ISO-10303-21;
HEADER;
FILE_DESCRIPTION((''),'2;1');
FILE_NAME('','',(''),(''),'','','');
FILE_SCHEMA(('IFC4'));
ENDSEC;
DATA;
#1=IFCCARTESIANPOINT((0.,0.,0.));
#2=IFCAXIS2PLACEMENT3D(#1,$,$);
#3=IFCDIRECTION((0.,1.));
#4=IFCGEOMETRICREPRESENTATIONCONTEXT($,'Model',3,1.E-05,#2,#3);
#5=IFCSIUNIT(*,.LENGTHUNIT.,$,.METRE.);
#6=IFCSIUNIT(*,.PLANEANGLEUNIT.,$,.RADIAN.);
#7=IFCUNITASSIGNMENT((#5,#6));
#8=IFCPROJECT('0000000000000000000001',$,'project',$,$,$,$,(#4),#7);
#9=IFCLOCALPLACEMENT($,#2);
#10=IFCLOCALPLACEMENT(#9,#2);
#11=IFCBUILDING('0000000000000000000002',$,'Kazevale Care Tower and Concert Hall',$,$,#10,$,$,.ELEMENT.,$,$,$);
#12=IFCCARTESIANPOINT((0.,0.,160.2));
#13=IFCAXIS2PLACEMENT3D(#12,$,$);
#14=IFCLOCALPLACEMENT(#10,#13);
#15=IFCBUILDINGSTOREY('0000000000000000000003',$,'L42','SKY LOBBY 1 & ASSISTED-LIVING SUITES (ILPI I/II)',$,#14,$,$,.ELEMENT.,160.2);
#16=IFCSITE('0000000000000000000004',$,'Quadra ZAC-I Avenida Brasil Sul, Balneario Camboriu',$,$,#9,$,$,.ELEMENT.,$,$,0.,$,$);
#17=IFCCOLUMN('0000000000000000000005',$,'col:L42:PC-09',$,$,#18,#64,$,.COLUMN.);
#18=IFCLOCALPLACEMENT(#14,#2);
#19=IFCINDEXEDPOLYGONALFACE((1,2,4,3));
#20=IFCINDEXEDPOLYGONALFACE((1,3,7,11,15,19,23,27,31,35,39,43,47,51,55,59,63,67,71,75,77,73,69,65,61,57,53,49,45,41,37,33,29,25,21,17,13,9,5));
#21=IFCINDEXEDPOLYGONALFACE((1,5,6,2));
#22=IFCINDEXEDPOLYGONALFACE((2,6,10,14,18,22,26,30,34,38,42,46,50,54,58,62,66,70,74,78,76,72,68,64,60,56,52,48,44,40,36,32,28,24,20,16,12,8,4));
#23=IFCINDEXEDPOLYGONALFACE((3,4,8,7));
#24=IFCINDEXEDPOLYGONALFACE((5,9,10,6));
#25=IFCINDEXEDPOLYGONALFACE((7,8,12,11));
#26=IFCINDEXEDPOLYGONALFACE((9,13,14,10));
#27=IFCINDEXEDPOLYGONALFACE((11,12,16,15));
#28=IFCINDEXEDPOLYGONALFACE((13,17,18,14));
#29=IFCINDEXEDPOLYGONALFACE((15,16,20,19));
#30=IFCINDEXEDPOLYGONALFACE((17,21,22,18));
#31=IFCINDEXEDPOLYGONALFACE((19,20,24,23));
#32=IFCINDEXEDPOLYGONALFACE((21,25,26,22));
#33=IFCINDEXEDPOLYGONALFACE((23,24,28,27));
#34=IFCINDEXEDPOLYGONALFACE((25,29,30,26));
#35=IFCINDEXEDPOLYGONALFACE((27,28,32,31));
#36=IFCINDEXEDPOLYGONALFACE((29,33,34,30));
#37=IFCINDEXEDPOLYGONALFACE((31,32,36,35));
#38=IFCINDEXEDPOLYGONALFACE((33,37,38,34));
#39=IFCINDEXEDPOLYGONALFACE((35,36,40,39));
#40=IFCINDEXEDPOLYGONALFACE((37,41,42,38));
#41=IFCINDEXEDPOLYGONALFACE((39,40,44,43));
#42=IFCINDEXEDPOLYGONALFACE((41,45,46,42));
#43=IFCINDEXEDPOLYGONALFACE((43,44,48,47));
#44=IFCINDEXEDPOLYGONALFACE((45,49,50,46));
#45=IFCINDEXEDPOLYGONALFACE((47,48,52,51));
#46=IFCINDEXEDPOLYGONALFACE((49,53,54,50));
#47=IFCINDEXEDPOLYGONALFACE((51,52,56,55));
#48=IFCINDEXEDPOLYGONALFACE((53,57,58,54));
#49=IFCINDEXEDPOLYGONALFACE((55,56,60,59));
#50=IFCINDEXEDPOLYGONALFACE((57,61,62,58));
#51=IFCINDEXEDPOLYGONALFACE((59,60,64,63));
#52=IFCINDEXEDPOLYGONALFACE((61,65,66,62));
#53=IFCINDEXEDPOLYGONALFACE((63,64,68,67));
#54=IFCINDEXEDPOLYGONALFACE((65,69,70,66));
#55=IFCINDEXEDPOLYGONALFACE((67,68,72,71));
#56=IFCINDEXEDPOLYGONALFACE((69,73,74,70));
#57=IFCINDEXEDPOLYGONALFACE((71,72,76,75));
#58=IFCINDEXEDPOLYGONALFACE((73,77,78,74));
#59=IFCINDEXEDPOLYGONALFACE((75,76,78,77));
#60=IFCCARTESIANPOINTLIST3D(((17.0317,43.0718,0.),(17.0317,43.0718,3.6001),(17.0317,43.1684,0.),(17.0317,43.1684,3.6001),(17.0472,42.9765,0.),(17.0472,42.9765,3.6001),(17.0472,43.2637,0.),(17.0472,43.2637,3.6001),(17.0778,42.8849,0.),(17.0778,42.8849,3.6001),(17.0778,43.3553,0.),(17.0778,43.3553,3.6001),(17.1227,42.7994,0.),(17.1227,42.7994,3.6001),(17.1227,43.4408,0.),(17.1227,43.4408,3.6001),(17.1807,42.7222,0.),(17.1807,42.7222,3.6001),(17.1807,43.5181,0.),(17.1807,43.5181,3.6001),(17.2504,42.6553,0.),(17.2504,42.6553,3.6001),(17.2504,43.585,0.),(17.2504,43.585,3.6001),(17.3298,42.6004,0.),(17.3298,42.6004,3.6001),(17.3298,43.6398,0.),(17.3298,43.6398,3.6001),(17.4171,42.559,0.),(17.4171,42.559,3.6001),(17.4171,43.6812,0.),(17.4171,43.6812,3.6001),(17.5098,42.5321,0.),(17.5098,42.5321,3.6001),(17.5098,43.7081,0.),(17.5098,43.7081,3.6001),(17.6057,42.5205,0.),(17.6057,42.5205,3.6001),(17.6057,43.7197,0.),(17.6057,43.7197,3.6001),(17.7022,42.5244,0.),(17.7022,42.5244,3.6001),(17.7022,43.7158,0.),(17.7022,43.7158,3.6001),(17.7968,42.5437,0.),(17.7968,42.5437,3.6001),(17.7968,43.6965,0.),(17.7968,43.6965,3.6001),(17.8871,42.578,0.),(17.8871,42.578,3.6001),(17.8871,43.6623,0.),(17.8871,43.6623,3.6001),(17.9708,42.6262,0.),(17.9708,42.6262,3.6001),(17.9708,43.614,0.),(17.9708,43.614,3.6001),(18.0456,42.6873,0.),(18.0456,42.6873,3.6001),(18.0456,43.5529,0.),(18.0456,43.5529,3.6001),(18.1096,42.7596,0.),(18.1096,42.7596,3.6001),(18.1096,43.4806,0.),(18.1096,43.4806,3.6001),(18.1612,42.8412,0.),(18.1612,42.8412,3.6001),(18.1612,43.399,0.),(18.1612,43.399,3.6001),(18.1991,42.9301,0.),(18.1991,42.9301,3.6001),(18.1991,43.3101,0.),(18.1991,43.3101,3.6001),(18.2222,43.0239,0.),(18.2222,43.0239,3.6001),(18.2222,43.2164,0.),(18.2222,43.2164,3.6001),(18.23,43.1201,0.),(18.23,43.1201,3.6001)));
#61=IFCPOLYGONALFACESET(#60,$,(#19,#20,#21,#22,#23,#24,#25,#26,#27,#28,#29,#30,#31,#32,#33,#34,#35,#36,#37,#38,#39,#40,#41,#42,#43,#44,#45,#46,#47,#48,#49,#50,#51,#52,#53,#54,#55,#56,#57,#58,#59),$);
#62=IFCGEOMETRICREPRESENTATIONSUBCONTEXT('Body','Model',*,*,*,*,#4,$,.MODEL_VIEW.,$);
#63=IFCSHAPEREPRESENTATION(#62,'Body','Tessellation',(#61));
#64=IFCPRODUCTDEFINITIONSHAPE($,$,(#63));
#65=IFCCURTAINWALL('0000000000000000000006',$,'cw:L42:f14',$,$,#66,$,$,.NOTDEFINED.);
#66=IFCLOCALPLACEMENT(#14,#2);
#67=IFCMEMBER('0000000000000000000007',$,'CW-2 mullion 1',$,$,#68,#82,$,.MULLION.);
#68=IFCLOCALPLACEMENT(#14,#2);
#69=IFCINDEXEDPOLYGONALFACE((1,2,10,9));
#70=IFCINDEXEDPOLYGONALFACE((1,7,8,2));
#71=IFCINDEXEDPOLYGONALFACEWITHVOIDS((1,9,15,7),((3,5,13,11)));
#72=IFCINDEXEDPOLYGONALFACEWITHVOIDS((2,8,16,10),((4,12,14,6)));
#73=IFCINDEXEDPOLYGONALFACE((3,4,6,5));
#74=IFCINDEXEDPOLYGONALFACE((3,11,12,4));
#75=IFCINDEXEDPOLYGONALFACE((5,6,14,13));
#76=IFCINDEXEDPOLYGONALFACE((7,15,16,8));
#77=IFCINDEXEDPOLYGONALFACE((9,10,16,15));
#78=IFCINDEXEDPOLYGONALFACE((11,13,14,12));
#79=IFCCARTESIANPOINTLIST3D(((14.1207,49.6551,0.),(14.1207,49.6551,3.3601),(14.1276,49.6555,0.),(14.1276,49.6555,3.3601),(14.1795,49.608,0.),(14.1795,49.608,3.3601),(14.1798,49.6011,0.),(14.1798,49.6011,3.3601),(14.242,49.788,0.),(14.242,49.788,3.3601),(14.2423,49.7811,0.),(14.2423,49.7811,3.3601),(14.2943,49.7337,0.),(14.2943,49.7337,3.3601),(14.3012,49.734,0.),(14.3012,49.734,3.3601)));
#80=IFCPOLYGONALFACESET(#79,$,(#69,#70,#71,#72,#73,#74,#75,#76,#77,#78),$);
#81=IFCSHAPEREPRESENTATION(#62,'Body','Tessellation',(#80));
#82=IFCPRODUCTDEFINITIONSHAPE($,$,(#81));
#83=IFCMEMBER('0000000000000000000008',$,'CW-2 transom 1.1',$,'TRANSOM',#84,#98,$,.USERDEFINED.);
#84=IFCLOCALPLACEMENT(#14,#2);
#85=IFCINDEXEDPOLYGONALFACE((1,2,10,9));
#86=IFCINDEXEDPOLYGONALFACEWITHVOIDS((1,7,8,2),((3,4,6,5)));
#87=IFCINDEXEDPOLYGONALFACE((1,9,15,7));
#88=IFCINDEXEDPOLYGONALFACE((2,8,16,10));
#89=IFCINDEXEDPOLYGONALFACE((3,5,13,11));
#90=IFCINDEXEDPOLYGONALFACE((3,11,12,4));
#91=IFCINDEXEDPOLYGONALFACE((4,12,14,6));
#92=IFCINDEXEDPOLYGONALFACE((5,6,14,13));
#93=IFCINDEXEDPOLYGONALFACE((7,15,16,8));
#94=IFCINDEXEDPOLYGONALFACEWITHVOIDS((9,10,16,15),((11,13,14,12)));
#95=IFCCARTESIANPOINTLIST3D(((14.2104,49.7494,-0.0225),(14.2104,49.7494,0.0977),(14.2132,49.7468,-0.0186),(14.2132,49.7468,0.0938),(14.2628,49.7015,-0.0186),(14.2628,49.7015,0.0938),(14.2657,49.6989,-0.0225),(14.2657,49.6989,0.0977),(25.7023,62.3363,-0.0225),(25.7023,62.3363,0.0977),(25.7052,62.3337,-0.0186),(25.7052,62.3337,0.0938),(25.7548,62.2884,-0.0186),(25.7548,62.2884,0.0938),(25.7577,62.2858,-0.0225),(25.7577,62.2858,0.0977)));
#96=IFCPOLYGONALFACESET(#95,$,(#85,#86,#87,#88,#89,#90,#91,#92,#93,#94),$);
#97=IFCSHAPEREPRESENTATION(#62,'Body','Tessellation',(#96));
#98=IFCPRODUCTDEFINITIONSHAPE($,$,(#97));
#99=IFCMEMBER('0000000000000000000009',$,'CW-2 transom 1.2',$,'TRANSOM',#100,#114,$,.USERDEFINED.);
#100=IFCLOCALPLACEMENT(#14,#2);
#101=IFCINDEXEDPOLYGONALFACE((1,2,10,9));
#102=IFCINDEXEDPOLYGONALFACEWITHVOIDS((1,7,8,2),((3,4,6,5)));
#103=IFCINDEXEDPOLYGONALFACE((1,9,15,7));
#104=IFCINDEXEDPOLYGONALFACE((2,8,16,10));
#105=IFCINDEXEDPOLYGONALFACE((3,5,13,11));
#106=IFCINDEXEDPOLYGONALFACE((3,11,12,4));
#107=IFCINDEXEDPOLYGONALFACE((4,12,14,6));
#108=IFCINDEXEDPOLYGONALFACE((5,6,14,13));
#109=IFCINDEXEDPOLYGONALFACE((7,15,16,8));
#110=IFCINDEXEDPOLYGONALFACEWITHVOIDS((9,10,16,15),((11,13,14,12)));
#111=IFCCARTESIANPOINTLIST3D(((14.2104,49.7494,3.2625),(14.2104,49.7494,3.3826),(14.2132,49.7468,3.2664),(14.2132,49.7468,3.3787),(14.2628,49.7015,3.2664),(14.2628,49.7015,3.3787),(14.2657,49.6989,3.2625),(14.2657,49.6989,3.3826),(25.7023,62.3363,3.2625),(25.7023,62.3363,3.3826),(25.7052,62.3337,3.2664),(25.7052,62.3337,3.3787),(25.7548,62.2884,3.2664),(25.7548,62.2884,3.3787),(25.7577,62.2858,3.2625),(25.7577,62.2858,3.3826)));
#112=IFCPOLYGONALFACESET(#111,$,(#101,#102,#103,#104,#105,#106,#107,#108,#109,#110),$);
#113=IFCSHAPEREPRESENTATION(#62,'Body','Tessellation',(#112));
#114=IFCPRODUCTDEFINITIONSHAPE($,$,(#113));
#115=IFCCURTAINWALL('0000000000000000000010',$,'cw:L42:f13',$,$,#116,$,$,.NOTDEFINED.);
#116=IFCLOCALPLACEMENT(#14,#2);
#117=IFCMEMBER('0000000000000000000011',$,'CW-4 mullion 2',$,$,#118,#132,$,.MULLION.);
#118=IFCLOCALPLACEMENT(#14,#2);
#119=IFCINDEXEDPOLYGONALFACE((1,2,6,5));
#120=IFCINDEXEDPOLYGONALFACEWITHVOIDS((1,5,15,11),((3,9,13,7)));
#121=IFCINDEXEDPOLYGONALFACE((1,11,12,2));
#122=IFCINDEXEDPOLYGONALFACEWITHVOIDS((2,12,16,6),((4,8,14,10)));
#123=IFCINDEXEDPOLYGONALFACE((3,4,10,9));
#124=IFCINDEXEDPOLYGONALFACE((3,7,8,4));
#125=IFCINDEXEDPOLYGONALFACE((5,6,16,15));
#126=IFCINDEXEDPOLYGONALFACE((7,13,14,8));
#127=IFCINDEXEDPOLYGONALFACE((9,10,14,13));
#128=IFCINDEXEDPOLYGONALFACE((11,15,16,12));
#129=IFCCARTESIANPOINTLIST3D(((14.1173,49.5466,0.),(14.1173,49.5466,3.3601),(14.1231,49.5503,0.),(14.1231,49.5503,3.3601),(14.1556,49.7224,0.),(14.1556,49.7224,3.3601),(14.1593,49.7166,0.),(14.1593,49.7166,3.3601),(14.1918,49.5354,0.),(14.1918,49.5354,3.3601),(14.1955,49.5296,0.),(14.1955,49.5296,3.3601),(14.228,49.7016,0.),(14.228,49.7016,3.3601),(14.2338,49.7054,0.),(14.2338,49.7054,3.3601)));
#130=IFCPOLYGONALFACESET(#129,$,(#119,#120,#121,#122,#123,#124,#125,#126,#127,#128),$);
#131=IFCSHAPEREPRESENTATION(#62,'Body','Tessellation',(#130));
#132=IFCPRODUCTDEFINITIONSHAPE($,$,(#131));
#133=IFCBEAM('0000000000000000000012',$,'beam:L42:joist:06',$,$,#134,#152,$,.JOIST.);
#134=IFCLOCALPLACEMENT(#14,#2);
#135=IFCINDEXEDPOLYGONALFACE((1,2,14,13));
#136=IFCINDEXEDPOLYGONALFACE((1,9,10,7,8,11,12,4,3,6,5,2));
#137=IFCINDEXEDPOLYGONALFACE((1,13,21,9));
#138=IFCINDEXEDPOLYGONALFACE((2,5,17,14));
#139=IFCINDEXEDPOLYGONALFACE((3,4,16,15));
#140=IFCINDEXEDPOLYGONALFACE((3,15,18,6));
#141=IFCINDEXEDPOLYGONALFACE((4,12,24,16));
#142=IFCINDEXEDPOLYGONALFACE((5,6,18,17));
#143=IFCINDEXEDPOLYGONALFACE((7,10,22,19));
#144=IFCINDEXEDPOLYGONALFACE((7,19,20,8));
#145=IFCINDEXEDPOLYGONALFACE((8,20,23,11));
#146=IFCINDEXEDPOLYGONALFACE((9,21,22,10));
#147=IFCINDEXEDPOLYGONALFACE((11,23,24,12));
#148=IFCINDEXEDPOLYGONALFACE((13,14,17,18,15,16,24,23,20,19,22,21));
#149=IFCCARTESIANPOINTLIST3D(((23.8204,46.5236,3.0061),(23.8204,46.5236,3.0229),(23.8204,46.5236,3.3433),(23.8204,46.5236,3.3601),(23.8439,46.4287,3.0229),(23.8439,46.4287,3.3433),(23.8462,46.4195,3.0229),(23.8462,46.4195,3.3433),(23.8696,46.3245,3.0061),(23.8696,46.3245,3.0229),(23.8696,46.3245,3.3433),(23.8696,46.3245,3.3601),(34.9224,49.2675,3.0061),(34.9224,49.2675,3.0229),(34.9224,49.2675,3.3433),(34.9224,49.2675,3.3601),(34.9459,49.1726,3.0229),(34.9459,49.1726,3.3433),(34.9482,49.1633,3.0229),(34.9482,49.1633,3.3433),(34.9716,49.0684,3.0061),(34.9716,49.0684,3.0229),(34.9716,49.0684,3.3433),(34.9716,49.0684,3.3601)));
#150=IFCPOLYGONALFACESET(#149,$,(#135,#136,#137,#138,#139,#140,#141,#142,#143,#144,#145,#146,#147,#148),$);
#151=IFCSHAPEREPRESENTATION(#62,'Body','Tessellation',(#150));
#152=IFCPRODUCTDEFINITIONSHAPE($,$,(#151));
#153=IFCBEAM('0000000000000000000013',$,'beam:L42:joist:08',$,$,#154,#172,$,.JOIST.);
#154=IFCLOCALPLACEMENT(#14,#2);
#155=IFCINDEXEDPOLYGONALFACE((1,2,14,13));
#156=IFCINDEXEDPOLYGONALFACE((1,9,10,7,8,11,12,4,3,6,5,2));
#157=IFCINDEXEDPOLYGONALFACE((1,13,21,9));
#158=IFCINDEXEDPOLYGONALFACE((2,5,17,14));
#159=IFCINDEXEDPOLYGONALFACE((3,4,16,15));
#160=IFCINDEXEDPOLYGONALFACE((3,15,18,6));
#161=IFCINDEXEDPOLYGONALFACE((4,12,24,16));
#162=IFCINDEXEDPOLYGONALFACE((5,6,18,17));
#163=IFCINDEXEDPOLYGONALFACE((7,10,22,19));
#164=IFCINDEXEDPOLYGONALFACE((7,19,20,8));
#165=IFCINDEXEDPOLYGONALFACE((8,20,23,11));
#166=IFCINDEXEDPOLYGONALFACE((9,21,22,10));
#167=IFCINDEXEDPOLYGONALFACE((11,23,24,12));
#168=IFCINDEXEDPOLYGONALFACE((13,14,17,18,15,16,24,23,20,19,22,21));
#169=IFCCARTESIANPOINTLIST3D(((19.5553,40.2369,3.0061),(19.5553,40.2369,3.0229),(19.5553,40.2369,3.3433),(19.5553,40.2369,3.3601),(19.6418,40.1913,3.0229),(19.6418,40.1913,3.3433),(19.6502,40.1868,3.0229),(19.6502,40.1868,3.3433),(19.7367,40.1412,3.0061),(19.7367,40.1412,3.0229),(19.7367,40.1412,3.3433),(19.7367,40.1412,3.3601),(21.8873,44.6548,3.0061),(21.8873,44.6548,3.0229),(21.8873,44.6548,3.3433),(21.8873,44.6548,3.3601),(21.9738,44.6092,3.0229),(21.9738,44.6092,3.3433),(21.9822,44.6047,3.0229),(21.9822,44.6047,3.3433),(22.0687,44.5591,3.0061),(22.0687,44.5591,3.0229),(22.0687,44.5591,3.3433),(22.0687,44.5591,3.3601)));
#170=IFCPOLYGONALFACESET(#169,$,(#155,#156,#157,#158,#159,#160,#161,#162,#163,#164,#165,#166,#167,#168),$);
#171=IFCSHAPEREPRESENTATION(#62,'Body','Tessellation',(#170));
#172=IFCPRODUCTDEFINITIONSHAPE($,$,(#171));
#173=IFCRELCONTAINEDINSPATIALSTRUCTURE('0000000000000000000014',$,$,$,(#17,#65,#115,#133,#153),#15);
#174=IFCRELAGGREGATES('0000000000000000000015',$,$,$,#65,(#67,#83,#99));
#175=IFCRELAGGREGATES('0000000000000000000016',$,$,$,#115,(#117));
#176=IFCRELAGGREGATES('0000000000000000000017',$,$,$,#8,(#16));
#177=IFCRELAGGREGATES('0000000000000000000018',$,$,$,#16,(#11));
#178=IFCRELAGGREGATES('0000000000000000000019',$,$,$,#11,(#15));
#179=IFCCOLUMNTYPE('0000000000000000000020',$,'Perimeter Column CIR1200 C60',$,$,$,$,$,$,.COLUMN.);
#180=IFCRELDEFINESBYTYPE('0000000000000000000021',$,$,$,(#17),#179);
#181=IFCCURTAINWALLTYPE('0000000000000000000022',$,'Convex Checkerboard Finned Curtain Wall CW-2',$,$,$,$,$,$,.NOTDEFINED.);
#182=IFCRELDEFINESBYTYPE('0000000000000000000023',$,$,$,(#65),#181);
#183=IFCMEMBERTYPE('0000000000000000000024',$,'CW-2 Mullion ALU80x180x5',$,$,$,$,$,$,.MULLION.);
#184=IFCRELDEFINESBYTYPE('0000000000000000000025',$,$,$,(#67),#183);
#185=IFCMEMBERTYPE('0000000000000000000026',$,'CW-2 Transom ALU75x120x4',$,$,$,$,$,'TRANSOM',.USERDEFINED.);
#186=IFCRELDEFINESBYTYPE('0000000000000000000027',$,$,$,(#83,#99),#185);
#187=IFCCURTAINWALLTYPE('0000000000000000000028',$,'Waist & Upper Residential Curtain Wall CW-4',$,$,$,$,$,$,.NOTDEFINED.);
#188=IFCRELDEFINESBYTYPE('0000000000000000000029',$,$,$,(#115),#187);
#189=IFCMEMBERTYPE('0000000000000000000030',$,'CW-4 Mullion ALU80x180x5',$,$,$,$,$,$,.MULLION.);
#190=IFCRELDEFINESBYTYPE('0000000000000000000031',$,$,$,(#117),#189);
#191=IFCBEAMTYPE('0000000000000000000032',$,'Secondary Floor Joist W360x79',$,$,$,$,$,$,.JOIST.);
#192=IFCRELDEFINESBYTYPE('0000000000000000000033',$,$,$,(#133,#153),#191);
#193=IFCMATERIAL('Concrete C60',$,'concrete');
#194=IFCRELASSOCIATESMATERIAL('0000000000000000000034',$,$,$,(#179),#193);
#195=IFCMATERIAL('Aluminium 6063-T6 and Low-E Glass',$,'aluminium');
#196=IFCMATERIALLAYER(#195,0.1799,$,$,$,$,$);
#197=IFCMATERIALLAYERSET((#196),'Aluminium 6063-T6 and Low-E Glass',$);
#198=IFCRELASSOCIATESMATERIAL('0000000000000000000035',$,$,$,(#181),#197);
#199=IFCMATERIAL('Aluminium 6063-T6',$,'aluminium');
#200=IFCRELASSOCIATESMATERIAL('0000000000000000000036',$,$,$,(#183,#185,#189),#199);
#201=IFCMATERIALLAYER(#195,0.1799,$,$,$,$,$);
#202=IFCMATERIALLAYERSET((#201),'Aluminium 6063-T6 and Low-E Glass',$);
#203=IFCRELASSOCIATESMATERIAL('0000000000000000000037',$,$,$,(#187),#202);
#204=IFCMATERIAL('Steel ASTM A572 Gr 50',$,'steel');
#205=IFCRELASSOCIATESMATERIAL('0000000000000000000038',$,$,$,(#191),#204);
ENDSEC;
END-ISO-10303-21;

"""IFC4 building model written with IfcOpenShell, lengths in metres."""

from ifc_helpers import new_model, si_unit, direction, frame, origin, origin_2d, place, context, subcontext, project, spatial, hollow_rectangle, circle, i_section, extrude, material, layer, layer_set, material_profile, profile_set, type_object, element, aggregate, save


model = new_model("IFC4")

# Units and contexts
model_context = context("Model", 3, precision=1e-05, world=origin(), true_north=direction((0.0, 1.0)))
body_context = subcontext(model_context, "Body", "Model", "MODEL_VIEW")
ifc_project = project(units=[si_unit("LENGTHUNIT", "METRE"), si_unit("PLANEANGLEUNIT", "RADIAN")], contexts=[model_context])

# Site, building, storey
site_placement = place(None, origin())
site = spatial("IfcSite", under=ifc_project, at=site_placement, Name="Quadra ZAC-I Avenida Brasil Sul, Balneario Camboriu", CompositionType="ELEMENT", RefElevation=0.0)
building_placement = place(site_placement, origin())
building = spatial("IfcBuilding", under=site, at=building_placement, Name="Kazevale Care Tower and Concert Hall", CompositionType="ELEMENT")
storey_placement = place(building_placement, frame((0.0, 0.0, 160.2)))
storey = spatial("IfcBuildingStorey", under=building, at=storey_placement, Name="L42", Description="SKY LOBBY 1 & ASSISTED-LIVING SUITES (ILPI I/II)", CompositionType="ELEMENT", Elevation=160.2)

# Column
ifc_material_1 = material(Name="Concrete C60", Category="concrete")
ifc_material_profile_1 = material_profile(ifc_material_1, circle(Radius=0.6001, at=origin_2d()), Name="RC-CIR1200")
ifc_profile_set_1 = profile_set([ifc_material_profile_1], Name="Concrete C60")
column_type = type_object("IfcColumnType", Name="Perimeter Column CIR1200 C60", PredefinedType="COLUMN", material=ifc_profile_set_1)
column_placement = place(storey_placement, frame((17.6299, 43.1201, 0.0), z_axis=(0.0, 0.0, 1.0), x_axis=(1.0, 0.0, 0.0)))
element("IfcColumn", 1, at=column_placement, inside=storey, type_object=column_type, Name="col:L42:PC-09", PredefinedType="COLUMN", context=body_context, shape_type="SweptSolid", body=[
    extrude(circle(Radius=0.6001, at=origin_2d()), origin(), (0.0, 0.0, 1.0), 3.6001),
])

# Curtain wall, members
ifc_material_2 = material(Name="Aluminium 6063-T6 and Low-E Glass", Category="aluminium")
ifc_layer_1 = layer(ifc_material_2, 0.1799)
ifc_layer_set_1 = layer_set([ifc_layer_1], Name="Aluminium 6063-T6 and Low-E Glass")
curtain_wall_type_1 = type_object("IfcCurtainWallType", Name="Convex Checkerboard Finned Curtain Wall CW-2", PredefinedType="NOTDEFINED", material=ifc_layer_set_1)
curtain_wall_1_placement = place(storey_placement, origin())
curtain_wall_1 = element("IfcCurtainWall", 2, at=curtain_wall_1_placement, inside=storey, type_object=curtain_wall_type_1, Name="cw:L42:f14", PredefinedType="NOTDEFINED")
ifc_material_3 = material(Name="Aluminium 6063-T6", Category="aluminium")
ifc_material_profile_2 = material_profile(ifc_material_3, hollow_rectangle(XDim=0.0801, YDim=0.1799, WallThickness=0.0049, at=origin_2d()), Name="ALU80x180x5")
ifc_profile_set_2 = profile_set([ifc_material_profile_2], Name="Aluminium 6063-T6")
member_type_1 = type_object("IfcMemberType", Name="CW-2 Mullion ALU80x180x5", PredefinedType="MULLION", material=ifc_profile_set_2)
member_1_placement = place(storey_placement, frame((14.2109, 49.6946, 0.0), z_axis=(0.0, 0.0, 1.0), x_axis=(-0.738492, 0.674262, 0.0)))
member_1 = element("IfcMember", 3, at=member_1_placement, type_object=member_type_1, Name="CW-2 mullion 1", PredefinedType="MULLION", context=body_context, shape_type="SweptSolid", body=[
    extrude(hollow_rectangle(XDim=0.0801, YDim=0.1799, WallThickness=0.0049, at=origin_2d()), origin(), (0.0, 0.0, 1.0), 3.3601),
])
ifc_material_profile_3 = material_profile(ifc_material_3, hollow_rectangle(XDim=0.075, YDim=0.1201, WallThickness=0.0039, at=origin_2d()), Name="ALU75x120x4")
ifc_profile_set_3 = profile_set([ifc_material_profile_3], Name="Aluminium 6063-T6")
member_type_2 = type_object("IfcMemberType", Name="CW-2 Transom ALU75x120x4", ElementType="TRANSOM", PredefinedType="USERDEFINED", material=ifc_profile_set_3)
member_2_placement = place(storey_placement, frame((14.238, 49.7241, 0.0376), z_axis=(0.674255, 0.738499, 0.0), x_axis=(-0.738499, 0.674255, 0.0)))
member_2 = element("IfcMember", 4, at=member_2_placement, type_object=member_type_2, Name="CW-2 transom 1.1", ObjectType="TRANSOM", PredefinedType="USERDEFINED", context=body_context, shape_type="SweptSolid", body=[
    extrude(hollow_rectangle(XDim=0.075, YDim=0.1201, WallThickness=0.0039, at=origin_2d()), origin(), (0.0, 0.0, 1.0), 17.0439),
])
member_3_placement = place(storey_placement, frame((14.238, 49.7241, 3.3225), z_axis=(0.674255, 0.738499, 0.0), x_axis=(-0.738499, 0.674255, 0.0)))
member_3 = element("IfcMember", 5, at=member_3_placement, type_object=member_type_2, Name="CW-2 transom 1.2", ObjectType="TRANSOM", PredefinedType="USERDEFINED", context=body_context, shape_type="SweptSolid", body=[
    extrude(hollow_rectangle(XDim=0.075, YDim=0.1201, WallThickness=0.0039, at=origin_2d()), origin(), (0.0, 0.0, 1.0), 17.0439),
])
aggregate(curtain_wall_1, [member_1, member_2, member_3])

# Curtain wall, member
ifc_layer_2 = layer(ifc_material_2, 0.1799)
ifc_layer_set_2 = layer_set([ifc_layer_2], Name="Aluminium 6063-T6 and Low-E Glass")
curtain_wall_type_2 = type_object("IfcCurtainWallType", Name="Waist & Upper Residential Curtain Wall CW-4", PredefinedType="NOTDEFINED", material=ifc_layer_set_2)
curtain_wall_2_placement = place(storey_placement, origin())
curtain_wall_2 = element("IfcCurtainWall", 6, at=curtain_wall_2_placement, inside=storey, type_object=curtain_wall_type_2, Name="cw:L42:f13", PredefinedType="NOTDEFINED")
ifc_material_profile_4 = material_profile(ifc_material_3, hollow_rectangle(XDim=0.0801, YDim=0.1799, WallThickness=0.0049, at=origin_2d()), Name="ALU80x180x5")
ifc_profile_set_4 = profile_set([ifc_material_profile_4], Name="Aluminium 6063-T6")
member_type_3 = type_object("IfcMemberType", Name="CW-4 Mullion ALU80x180x5", PredefinedType="MULLION", material=ifc_profile_set_4)
member_4_placement = place(storey_placement, frame((14.1755, 49.626, 0.0), z_axis=(0.0, 0.0, 1.0), x_axis=(-0.977091, 0.212823, 0.0)))
member_4 = element("IfcMember", 7, at=member_4_placement, type_object=member_type_3, Name="CW-4 mullion 2", PredefinedType="MULLION", context=body_context, shape_type="SweptSolid", body=[
    extrude(hollow_rectangle(XDim=0.0801, YDim=0.1799, WallThickness=0.0049, at=origin_2d()), origin(), (0.0, 0.0, 1.0), 3.3601),
])

# Beams
ifc_material_4 = material(Name="Steel ASTM A572 Gr 50", Category="steel")
ifc_material_profile_5 = material_profile(ifc_material_4, i_section(OverallWidth=0.2051, OverallDepth=0.354, WebThickness=0.0095, FlangeThickness=0.0168, at=origin_2d()), Name="W360x79")
ifc_profile_set_5 = profile_set([ifc_material_profile_5], Name="Steel ASTM A572 Gr 50")
beam_type_1 = type_object("IfcBeamType", Name="Secondary Floor Joist W360x79", PredefinedType="JOIST", material=ifc_profile_set_5)
beam_1_placement = place(storey_placement, frame((34.947, 49.168, 3.1831), z_axis=(-0.97079, -0.239933, 0.0), x_axis=(0.239933, -0.97079, 0.0)))
element("IfcBeam", 8, at=beam_1_placement, inside=storey, type_object=beam_type_1, Name="beam:L42:joist:06", PredefinedType="JOIST", context=body_context, shape_type="SweptSolid", body=[
    extrude(i_section(OverallWidth=0.2051, OverallDepth=0.354, WebThickness=0.0095, FlangeThickness=0.0168, at=origin_2d()), origin(), (0.0, 0.0, 1.0), 11.436),
])
beam_2_placement = place(storey_placement, frame((21.978, 44.6069, 3.1831), z_axis=(-0.46681, -0.884358, 0.0), x_axis=(0.884358, -0.46681, 0.0)))
element("IfcBeam", 9, at=beam_2_placement, inside=storey, type_object=beam_type_1, Name="beam:L42:joist:08", PredefinedType="JOIST", context=body_context, shape_type="SweptSolid", body=[
    extrude(i_section(OverallWidth=0.2051, OverallDepth=0.354, WebThickness=0.0095, FlangeThickness=0.0168, at=origin_2d()), origin(), (0.0, 0.0, 1.0), 4.9956),
])

aggregate(curtain_wall_2, [member_4])

save(model, "model.ifc")
